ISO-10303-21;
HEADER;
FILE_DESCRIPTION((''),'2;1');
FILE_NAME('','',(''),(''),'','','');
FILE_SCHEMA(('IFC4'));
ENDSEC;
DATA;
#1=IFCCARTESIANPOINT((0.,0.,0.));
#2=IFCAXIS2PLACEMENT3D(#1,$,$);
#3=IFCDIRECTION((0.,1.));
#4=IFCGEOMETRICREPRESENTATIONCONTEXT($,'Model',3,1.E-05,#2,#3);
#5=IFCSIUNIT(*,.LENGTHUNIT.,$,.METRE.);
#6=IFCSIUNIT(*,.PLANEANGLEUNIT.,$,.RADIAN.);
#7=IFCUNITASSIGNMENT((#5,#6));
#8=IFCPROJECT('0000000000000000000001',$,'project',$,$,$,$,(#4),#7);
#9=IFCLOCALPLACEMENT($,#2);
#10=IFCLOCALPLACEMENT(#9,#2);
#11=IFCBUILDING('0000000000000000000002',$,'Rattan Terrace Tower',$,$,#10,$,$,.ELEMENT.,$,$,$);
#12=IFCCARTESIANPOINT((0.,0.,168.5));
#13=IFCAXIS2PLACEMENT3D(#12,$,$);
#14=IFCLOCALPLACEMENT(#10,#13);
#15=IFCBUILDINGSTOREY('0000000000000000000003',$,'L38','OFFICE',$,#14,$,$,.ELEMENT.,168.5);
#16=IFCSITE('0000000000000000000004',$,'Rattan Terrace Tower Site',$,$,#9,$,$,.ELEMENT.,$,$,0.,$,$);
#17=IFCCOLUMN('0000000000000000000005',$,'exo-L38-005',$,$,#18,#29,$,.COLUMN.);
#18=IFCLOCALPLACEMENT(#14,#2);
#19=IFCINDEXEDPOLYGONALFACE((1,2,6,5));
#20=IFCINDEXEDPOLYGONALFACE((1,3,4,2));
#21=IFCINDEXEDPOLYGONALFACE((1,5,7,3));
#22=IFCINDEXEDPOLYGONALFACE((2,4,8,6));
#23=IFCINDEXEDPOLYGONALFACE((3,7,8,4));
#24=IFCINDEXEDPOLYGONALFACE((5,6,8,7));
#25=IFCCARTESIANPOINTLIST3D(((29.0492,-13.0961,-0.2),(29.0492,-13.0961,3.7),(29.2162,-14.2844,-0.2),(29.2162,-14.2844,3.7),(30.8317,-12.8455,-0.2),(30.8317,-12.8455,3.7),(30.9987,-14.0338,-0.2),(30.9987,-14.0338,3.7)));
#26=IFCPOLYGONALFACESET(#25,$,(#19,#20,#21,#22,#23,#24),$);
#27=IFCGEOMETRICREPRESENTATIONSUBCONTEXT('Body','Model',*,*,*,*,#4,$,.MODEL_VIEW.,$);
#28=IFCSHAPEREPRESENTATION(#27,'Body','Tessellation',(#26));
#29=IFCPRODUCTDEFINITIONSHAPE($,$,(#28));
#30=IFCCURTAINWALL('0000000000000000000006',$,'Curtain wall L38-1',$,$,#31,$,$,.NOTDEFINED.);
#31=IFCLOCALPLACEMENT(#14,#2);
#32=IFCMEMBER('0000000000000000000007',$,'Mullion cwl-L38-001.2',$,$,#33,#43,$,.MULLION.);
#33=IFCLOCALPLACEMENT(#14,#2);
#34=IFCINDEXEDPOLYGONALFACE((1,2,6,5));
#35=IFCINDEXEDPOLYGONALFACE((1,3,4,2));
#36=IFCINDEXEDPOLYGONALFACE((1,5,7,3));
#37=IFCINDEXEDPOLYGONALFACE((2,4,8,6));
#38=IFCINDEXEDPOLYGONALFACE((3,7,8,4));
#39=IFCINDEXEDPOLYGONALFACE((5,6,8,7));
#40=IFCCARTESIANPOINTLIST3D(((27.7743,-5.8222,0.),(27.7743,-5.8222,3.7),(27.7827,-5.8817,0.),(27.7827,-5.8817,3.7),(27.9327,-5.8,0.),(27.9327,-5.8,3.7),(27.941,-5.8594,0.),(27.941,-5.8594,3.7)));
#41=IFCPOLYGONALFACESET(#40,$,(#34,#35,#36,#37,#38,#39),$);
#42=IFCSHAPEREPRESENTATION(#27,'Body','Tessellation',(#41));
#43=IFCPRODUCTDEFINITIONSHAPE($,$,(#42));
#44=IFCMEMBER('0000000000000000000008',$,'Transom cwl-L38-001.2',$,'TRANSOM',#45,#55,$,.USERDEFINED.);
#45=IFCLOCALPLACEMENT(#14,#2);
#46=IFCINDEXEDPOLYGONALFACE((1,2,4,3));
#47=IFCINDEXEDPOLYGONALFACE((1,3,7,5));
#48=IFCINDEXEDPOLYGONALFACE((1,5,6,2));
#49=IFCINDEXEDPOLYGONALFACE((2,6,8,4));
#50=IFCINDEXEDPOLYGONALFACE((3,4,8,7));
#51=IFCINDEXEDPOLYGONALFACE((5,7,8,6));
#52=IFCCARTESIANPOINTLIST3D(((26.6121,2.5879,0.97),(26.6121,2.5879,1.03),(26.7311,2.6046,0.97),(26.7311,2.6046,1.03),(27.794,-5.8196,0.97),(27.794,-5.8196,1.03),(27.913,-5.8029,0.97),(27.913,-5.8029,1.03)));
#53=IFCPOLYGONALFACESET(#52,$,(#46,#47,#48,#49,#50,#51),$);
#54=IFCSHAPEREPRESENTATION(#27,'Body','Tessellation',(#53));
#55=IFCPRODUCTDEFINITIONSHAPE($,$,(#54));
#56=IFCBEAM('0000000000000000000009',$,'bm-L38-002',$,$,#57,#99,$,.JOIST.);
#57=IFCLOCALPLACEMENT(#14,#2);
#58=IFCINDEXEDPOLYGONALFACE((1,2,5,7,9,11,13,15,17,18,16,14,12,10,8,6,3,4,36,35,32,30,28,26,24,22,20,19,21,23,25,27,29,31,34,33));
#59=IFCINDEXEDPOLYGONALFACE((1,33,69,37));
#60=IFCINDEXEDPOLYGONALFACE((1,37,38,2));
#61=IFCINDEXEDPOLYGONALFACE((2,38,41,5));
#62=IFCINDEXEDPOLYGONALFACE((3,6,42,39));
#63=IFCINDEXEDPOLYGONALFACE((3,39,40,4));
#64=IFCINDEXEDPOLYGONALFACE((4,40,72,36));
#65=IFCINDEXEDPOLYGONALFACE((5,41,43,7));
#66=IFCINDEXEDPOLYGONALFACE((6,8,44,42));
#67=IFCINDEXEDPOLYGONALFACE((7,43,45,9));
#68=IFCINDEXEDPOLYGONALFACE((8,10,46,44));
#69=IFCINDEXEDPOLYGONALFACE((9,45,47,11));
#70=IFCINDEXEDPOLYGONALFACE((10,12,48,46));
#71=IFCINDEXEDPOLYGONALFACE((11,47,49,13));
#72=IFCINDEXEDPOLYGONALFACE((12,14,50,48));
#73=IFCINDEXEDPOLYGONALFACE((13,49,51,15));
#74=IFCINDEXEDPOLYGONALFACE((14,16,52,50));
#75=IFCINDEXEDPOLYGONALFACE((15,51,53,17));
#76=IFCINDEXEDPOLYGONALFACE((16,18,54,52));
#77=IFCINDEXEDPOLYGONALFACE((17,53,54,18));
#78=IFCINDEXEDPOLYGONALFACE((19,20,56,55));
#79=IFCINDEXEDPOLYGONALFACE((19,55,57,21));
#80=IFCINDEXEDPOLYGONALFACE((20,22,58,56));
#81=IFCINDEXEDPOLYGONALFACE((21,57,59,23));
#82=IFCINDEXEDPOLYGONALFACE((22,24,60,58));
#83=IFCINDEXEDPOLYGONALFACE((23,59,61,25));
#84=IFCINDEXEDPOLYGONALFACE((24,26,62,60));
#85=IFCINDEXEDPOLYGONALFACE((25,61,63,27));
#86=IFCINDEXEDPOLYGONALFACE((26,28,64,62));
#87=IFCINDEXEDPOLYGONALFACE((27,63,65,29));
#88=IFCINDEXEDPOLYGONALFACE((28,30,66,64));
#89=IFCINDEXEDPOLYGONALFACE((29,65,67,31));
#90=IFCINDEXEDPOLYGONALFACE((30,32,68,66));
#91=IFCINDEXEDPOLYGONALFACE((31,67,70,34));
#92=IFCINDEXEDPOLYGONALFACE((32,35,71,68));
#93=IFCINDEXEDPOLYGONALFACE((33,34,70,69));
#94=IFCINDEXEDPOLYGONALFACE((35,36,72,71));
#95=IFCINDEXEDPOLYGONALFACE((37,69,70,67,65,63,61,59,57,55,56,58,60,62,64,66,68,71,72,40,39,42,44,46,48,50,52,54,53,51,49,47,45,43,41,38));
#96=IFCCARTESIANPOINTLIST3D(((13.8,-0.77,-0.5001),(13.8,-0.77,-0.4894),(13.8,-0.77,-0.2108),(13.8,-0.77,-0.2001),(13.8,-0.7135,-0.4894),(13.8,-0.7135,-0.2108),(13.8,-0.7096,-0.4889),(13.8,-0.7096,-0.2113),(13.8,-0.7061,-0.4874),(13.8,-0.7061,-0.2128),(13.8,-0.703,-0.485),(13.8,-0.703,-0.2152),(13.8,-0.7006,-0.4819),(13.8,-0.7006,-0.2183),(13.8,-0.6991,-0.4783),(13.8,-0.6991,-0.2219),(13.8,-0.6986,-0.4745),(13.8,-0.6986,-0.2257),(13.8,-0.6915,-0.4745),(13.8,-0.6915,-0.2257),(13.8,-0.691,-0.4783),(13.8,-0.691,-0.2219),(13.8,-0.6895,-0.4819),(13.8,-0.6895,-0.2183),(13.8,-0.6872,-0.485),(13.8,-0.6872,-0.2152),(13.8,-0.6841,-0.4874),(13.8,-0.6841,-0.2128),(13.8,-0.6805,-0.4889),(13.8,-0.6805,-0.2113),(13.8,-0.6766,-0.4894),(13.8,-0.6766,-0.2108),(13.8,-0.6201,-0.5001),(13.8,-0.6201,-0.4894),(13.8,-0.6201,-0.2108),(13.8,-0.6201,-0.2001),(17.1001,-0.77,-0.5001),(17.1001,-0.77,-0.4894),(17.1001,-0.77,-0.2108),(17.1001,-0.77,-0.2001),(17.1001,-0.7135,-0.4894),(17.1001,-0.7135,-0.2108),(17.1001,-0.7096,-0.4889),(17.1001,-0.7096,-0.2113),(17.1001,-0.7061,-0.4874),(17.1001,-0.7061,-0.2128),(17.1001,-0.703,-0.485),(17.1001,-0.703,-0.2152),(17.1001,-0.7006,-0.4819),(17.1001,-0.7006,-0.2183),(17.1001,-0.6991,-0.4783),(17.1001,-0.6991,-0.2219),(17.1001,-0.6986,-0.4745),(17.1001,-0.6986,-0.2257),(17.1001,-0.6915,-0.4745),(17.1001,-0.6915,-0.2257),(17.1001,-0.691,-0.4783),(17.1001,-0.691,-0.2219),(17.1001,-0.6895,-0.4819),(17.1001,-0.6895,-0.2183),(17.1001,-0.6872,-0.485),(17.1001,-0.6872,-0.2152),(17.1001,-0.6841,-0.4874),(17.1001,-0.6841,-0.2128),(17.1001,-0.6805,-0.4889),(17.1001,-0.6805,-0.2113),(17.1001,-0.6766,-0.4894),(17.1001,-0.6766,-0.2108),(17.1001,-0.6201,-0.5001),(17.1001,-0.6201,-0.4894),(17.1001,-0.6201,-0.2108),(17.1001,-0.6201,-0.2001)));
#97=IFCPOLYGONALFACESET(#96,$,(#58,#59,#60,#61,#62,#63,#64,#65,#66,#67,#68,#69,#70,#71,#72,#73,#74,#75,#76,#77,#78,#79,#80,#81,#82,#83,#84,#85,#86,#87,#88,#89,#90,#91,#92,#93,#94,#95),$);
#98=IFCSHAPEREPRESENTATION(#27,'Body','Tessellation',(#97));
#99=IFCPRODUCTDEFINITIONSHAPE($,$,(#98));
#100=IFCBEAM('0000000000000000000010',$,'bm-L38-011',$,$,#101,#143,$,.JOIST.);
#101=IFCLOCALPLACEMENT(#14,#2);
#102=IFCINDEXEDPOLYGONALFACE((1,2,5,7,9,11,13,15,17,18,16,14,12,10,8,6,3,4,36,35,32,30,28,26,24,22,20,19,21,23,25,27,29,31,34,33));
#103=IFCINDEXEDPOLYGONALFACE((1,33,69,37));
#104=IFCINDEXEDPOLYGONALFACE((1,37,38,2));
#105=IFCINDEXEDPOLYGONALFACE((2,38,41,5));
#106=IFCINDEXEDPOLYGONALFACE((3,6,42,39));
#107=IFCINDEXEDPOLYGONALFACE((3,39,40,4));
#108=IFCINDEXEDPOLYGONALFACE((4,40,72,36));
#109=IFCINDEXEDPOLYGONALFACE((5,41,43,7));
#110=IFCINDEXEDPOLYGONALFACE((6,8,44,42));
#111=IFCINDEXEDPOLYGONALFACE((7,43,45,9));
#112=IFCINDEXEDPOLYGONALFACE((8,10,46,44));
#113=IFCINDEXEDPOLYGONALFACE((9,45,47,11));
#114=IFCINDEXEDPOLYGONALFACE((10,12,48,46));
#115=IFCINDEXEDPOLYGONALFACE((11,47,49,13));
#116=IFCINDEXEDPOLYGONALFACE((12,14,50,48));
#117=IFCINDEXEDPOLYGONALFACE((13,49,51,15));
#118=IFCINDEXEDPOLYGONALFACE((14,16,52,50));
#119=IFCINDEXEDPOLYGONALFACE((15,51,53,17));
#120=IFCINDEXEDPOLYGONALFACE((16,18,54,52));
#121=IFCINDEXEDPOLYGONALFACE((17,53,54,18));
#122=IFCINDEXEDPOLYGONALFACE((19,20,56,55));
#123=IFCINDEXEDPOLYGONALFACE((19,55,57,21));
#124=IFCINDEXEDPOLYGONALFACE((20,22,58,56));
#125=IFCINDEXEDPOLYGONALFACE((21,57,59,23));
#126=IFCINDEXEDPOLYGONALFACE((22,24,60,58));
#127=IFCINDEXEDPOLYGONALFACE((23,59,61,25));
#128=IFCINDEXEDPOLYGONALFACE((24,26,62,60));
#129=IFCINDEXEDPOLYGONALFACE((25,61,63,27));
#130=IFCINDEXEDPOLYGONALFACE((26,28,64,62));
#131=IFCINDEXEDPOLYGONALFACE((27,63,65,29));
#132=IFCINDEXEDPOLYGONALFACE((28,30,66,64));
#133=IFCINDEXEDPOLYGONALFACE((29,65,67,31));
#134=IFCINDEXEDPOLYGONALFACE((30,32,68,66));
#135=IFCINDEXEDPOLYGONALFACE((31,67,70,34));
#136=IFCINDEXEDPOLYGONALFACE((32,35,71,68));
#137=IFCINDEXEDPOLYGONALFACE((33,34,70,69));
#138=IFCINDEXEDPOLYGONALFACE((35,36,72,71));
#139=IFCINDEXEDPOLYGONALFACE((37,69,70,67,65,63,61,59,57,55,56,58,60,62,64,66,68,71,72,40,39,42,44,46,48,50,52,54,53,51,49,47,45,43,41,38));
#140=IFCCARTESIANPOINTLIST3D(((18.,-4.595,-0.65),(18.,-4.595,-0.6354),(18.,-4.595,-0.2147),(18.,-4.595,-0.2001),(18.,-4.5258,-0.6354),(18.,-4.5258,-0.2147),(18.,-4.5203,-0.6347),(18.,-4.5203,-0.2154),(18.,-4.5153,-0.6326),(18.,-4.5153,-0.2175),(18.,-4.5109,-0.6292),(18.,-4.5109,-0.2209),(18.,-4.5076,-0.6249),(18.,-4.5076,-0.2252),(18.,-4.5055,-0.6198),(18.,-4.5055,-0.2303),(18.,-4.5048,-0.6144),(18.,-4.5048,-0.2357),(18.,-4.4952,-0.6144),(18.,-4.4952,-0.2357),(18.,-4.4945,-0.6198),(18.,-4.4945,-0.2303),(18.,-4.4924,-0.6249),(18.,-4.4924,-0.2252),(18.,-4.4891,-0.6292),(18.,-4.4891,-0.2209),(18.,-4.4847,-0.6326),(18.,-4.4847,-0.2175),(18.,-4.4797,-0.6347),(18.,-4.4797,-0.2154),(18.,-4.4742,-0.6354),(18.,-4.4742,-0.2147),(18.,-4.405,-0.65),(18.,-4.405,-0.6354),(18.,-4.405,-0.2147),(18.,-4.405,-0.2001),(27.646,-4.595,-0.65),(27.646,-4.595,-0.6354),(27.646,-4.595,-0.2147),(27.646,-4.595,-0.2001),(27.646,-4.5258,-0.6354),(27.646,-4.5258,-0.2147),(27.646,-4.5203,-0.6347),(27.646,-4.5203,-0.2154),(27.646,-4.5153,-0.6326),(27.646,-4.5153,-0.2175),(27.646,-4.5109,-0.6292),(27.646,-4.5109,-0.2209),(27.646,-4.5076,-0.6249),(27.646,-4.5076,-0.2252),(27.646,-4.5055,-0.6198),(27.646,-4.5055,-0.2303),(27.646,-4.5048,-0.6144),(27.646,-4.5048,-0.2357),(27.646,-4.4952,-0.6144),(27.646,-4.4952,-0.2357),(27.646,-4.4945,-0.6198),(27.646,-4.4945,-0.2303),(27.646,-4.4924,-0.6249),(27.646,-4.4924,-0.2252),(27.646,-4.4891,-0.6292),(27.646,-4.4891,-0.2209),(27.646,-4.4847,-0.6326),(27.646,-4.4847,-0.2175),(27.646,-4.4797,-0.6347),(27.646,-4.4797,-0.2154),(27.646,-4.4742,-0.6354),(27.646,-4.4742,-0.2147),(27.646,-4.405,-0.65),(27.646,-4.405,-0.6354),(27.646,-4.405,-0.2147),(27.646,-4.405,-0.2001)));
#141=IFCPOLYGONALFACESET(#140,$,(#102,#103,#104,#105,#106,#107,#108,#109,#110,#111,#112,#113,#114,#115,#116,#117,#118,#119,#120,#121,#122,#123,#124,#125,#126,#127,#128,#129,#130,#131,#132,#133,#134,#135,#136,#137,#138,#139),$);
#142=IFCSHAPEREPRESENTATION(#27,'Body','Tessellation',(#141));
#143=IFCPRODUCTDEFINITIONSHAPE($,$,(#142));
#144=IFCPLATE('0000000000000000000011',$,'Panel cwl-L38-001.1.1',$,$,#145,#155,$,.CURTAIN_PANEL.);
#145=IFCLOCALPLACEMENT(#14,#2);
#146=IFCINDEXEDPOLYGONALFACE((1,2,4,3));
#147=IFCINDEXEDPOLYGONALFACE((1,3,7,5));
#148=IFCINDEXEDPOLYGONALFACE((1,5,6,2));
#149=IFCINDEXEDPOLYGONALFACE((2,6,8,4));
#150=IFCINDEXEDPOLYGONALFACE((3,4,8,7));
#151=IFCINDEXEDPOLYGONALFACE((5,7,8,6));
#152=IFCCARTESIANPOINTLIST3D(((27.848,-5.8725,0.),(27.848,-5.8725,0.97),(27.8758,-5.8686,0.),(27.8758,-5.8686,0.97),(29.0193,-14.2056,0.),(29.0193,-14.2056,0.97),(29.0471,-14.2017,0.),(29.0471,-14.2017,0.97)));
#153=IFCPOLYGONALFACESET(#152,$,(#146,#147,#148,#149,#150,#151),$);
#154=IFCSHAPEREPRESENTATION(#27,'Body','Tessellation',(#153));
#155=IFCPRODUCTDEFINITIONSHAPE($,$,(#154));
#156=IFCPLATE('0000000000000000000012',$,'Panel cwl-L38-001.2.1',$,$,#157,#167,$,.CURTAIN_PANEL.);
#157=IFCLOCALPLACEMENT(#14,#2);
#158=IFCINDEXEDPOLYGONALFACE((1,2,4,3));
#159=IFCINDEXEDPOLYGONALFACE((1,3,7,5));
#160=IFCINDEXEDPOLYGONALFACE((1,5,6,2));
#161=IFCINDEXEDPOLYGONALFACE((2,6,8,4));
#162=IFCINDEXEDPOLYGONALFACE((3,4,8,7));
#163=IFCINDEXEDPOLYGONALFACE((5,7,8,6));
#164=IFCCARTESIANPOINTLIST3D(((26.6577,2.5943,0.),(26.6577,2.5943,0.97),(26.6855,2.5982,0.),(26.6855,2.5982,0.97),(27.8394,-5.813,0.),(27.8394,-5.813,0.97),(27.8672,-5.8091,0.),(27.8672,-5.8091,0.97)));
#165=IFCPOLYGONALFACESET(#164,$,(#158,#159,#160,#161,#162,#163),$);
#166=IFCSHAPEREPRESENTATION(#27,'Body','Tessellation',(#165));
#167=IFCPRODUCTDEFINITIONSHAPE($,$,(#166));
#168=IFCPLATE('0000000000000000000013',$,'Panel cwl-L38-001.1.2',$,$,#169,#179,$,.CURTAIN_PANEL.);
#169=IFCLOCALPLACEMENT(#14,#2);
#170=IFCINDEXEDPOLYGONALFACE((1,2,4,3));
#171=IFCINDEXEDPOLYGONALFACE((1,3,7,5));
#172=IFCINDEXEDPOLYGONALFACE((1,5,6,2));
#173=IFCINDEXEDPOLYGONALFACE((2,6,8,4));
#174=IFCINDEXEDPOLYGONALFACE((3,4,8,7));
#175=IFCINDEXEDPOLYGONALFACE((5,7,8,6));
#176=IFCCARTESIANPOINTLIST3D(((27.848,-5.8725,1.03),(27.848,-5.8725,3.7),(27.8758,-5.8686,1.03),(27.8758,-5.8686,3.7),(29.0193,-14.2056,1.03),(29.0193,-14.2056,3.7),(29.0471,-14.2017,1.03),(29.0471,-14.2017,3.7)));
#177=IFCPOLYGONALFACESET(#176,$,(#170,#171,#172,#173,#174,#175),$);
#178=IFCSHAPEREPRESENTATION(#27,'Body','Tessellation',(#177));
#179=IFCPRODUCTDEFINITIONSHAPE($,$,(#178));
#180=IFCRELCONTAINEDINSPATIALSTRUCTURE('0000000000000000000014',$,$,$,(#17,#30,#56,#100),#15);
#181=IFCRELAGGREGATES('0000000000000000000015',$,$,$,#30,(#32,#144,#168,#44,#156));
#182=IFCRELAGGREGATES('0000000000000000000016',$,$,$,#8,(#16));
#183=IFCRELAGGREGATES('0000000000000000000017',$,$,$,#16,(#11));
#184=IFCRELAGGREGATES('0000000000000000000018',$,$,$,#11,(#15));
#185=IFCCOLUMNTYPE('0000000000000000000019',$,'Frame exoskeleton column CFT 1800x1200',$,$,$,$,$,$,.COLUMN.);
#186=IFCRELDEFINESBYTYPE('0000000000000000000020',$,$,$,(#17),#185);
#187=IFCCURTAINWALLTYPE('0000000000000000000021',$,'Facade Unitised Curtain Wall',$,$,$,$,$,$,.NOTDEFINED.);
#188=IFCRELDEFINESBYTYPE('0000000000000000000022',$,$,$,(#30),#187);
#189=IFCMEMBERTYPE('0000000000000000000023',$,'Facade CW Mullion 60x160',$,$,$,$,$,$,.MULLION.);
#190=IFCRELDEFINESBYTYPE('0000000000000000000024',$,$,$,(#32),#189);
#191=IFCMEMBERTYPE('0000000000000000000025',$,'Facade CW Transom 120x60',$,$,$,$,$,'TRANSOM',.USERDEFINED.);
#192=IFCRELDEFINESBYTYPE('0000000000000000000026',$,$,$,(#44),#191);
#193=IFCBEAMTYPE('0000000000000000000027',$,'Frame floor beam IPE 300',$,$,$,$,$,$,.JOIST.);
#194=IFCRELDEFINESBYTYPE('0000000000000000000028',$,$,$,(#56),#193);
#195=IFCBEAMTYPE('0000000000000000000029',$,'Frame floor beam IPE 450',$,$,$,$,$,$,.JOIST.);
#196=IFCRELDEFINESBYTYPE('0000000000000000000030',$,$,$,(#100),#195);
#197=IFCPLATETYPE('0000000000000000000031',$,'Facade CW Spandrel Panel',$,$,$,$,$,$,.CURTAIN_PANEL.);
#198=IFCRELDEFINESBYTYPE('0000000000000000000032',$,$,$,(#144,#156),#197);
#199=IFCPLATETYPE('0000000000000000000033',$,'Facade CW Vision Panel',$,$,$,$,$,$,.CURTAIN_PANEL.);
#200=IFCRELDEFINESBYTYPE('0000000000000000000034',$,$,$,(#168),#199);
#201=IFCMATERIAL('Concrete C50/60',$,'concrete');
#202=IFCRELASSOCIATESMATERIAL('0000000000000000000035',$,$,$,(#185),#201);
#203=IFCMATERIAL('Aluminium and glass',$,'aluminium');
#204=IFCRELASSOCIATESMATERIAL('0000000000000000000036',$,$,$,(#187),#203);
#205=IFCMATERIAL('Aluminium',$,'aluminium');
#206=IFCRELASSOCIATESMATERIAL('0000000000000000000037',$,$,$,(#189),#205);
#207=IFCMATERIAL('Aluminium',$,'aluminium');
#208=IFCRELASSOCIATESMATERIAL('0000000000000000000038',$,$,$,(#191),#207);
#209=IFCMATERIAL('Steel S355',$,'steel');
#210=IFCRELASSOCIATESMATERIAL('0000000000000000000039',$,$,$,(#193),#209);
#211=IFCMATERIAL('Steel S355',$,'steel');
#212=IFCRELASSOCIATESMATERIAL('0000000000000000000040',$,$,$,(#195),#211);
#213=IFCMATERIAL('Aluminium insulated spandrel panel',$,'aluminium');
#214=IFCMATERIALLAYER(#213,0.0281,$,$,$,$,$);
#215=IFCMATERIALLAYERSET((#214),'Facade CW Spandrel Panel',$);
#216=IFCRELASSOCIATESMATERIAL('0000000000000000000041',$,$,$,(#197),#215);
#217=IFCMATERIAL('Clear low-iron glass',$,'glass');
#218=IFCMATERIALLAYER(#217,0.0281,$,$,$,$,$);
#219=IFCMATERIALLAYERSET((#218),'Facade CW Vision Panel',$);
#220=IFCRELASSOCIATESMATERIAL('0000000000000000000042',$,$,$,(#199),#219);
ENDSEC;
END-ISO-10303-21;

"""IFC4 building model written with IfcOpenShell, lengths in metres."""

from ifc_helpers import new_model, si_unit, direction, frame, origin, origin_2d, place, context, subcontext, project, spatial, rectangle, i_section, extrude, material, layer, layer_set, material_profile, profile_set, type_object, element, aggregate, save


model = new_model("IFC4")

# Units and contexts
model_context = context("Model", 3, precision=1e-05, world=origin(), true_north=direction((0.0, 1.0)))
body_context = subcontext(model_context, "Body", "Model", "MODEL_VIEW")
ifc_project = project(units=[si_unit("LENGTHUNIT", "METRE"), si_unit("PLANEANGLEUNIT", "RADIAN")], contexts=[model_context])

# Site, building, storey
site_placement = place(None, origin())
site = spatial("IfcSite", under=ifc_project, at=site_placement, Name="Rattan Terrace Tower Site", CompositionType="ELEMENT", RefElevation=0.0)
building_placement = place(site_placement, origin())
building = spatial("IfcBuilding", under=site, at=building_placement, Name="Rattan Terrace Tower", CompositionType="ELEMENT")
storey_placement = place(building_placement, frame((0.0, 0.0, 168.5)))
storey = spatial("IfcBuildingStorey", under=building, at=storey_placement, Name="L38", Description="OFFICE", CompositionType="ELEMENT", Elevation=168.5)

# Column
ifc_material_1 = material(Name="Concrete C50/60", Category="concrete")
ifc_material_profile_1 = material_profile(ifc_material_1, rectangle(XDim=1.2, YDim=1.8, at=origin_2d()), Name="CFT 1800x1200")
ifc_profile_set_1 = profile_set([ifc_material_profile_1], Name="Concrete C50/60")
column_type = type_object("IfcColumnType", Name="Frame exoskeleton column CFT 1800x1200", PredefinedType="COLUMN", material=ifc_profile_set_1)
column_placement = place(storey_placement, frame((30.0239, -13.5649, -0.2), z_axis=(0.0, 0.0, 1.0), x_axis=(-0.13919, 0.990266, 0.0)))
element("IfcColumn", 1, at=column_placement, inside=storey, type_object=column_type, Name="exo-L38-005", PredefinedType="COLUMN", context=body_context, shape_type="SweptSolid", body=[
    extrude(rectangle(XDim=1.2, YDim=1.8, at=origin_2d()), origin(), (0.0, 0.0, 1.0), 3.8999),
])

# Curtain wall, members
ifc_material_2 = material(Name="Aluminium and glass", Category="aluminium")
curtain_wall_type = type_object("IfcCurtainWallType", Name="Facade Unitised Curtain Wall", PredefinedType="NOTDEFINED", material=ifc_material_2)
curtain_wall_placement = place(storey_placement, origin())
curtain_wall = element("IfcCurtainWall", 2, at=curtain_wall_placement, inside=storey, type_object=curtain_wall_type, Name="Curtain wall L38-1", PredefinedType="NOTDEFINED")
ifc_material_3 = material(Name="Aluminium", Category="aluminium")
ifc_material_profile_2 = material_profile(ifc_material_3, rectangle(XDim=0.0601, YDim=0.1599, at=origin_2d()), Name="Aluminium 60x160")
ifc_profile_set_2 = profile_set([ifc_material_profile_2], Name="Aluminium")
member_type_1 = type_object("IfcMemberType", Name="Facade CW Mullion 60x160", PredefinedType="MULLION", material=ifc_profile_set_2)
member_1_placement = place(storey_placement, frame((27.8577, -5.8408, 0.0), z_axis=(0.0, 0.0, 1.0), x_axis=(-0.139191, 0.990266, 0.0)))
member_1 = element("IfcMember", 3, at=member_1_placement, type_object=member_type_1, Name="Mullion cwl-L38-001.2", PredefinedType="MULLION", context=body_context, shape_type="SweptSolid", body=[
    extrude(rectangle(XDim=0.0601, YDim=0.1599, at=origin_2d()), origin(), (0.0, 0.0, 1.0), 3.7),
])
ifc_material_4 = material(Name="Aluminium", Category="aluminium")
ifc_material_profile_3 = material_profile(ifc_material_4, rectangle(XDim=0.1201, YDim=0.0601, at=origin_2d()), Name="Aluminium 120x60")
ifc_profile_set_3 = profile_set([ifc_material_profile_3], Name="Aluminium")
member_type_2 = type_object("IfcMemberType", Name="Facade CW Transom 120x60", ElementType="TRANSOM", PredefinedType="USERDEFINED", material=ifc_profile_set_3)
member_2_placement = place(storey_placement, frame((27.8535, -5.8113, 1.0), z_axis=(-0.139207, 0.990263, 0.0), x_axis=(-0.990263, -0.139207, 0.0)))
member_2 = element("IfcMember", 4, at=member_2_placement, type_object=member_type_2, Name="Transom cwl-L38-001.2", ObjectType="TRANSOM", PredefinedType="USERDEFINED", context=body_context, shape_type="SweptSolid", body=[
    extrude(rectangle(XDim=0.1201, YDim=0.0601, at=origin_2d()), origin(), (0.0, 0.0, 1.0), 8.4902),
])

# Beams
ifc_material_5 = material(Name="Steel S355", Category="steel")
ifc_material_profile_4 = material_profile(ifc_material_5, i_section(OverallWidth=0.1499, OverallDepth=0.3, WebThickness=0.0071, FlangeThickness=0.0107, FilletRadius=0.0149, at=origin_2d()), Name="IPE 300")
ifc_profile_set_4 = profile_set([ifc_material_profile_4], Name="Steel S355")
beam_type_1 = type_object("IfcBeamType", Name="Frame floor beam IPE 300", PredefinedType="JOIST", material=ifc_profile_set_4)
beam_1_placement = place(storey_placement, frame((13.8, -0.6951, -0.3501), z_axis=(1.0, 0.0, 0.0), x_axis=(0.0, 1.0, 0.0)))
element("IfcBeam", 5, at=beam_1_placement, inside=storey, type_object=beam_type_1, Name="bm-L38-002", PredefinedType="JOIST", context=body_context, shape_type="SweptSolid", body=[
    extrude(i_section(OverallWidth=0.1499, OverallDepth=0.3, WebThickness=0.0071, FlangeThickness=0.0107, FilletRadius=0.0149, at=origin_2d()), origin(), (0.0, 0.0, 1.0), 3.3),
])
ifc_material_6 = material(Name="Steel S355", Category="steel")
ifc_material_profile_5 = material_profile(ifc_material_6, i_section(OverallWidth=0.1899, OverallDepth=0.45, WebThickness=0.0095, FlangeThickness=0.0146, FilletRadius=0.021, at=origin_2d()), Name="IPE 450")
ifc_profile_set_5 = profile_set([ifc_material_profile_5], Name="Steel S355")
beam_type_2 = type_object("IfcBeamType", Name="Frame floor beam IPE 450", PredefinedType="JOIST", material=ifc_profile_set_5)
beam_2_placement = place(storey_placement, frame((18.0, -4.5, -0.425), z_axis=(1.0, 0.0, 0.0), x_axis=(0.0, 1.0, 0.0)))
element("IfcBeam", 6, at=beam_2_placement, inside=storey, type_object=beam_type_2, Name="bm-L38-011", PredefinedType="JOIST", context=body_context, shape_type="SweptSolid", body=[
    extrude(i_section(OverallWidth=0.1899, OverallDepth=0.45, WebThickness=0.0095, FlangeThickness=0.0146, FilletRadius=0.021, at=origin_2d()), origin(), (0.0, 0.0, 1.0), 9.646),
])

# Plates
ifc_material_7 = material(Name="Aluminium insulated spandrel panel", Category="aluminium")
ifc_layer_1 = layer(ifc_material_7, 0.0281)
ifc_layer_set_1 = layer_set([ifc_layer_1], Name="Facade CW Spandrel Panel")
plate_type_1 = type_object("IfcPlateType", Name="Facade CW Spandrel Panel", PredefinedType="CURTAIN_PANEL", material=ifc_layer_set_1)
plate_1_placement = place(storey_placement, frame((28.4475, -10.0371, 0.0), z_axis=(0.0, 0.0, 1.0), x_axis=(-0.139191, 0.990266, 0.0)))
plate_1 = element("IfcPlate", 7, at=plate_1_placement, type_object=plate_type_1, Name="Panel cwl-L38-001.1.1", PredefinedType="CURTAIN_PANEL", context=body_context, shape_type="SweptSolid", body=[
    extrude(rectangle(XDim=8.415, YDim=0.0281, at=origin_2d()), origin(), (0.0, 0.0, 1.0), 0.97),
])
plate_2_placement = place(storey_placement, frame((27.2625, -1.6074, 0.0), z_axis=(0.0, 0.0, 1.0), x_axis=(-0.139191, 0.990266, 0.0)))
plate_2 = element("IfcPlate", 8, at=plate_2_placement, type_object=plate_type_1, Name="Panel cwl-L38-001.2.1", PredefinedType="CURTAIN_PANEL", context=body_context, shape_type="SweptSolid", body=[
    extrude(rectangle(XDim=8.49, YDim=0.0281, at=origin_2d()), origin(), (0.0, 0.0, 1.0), 0.97),
])
ifc_material_8 = material(Name="Clear low-iron glass", Category="glass")
ifc_layer_2 = layer(ifc_material_8, 0.0281)
ifc_layer_set_2 = layer_set([ifc_layer_2], Name="Facade CW Vision Panel")
plate_type_2 = type_object("IfcPlateType", Name="Facade CW Vision Panel", PredefinedType="CURTAIN_PANEL", material=ifc_layer_set_2)
plate_3_placement = place(storey_placement, frame((28.4475, -10.0371, 1.03), z_axis=(0.0, 0.0, 1.0), x_axis=(-0.139191, 0.990266, 0.0)))
plate_3 = element("IfcPlate", 9, at=plate_3_placement, type_object=plate_type_2, Name="Panel cwl-L38-001.1.2", PredefinedType="CURTAIN_PANEL", context=body_context, shape_type="SweptSolid", body=[
    extrude(rectangle(XDim=8.415, YDim=0.0281, at=origin_2d()), origin(), (0.0, 0.0, 1.0), 2.6699),
])
aggregate(curtain_wall, [member_1, plate_1, plate_3, member_2, plate_2])

save(model, "model.ifc")
